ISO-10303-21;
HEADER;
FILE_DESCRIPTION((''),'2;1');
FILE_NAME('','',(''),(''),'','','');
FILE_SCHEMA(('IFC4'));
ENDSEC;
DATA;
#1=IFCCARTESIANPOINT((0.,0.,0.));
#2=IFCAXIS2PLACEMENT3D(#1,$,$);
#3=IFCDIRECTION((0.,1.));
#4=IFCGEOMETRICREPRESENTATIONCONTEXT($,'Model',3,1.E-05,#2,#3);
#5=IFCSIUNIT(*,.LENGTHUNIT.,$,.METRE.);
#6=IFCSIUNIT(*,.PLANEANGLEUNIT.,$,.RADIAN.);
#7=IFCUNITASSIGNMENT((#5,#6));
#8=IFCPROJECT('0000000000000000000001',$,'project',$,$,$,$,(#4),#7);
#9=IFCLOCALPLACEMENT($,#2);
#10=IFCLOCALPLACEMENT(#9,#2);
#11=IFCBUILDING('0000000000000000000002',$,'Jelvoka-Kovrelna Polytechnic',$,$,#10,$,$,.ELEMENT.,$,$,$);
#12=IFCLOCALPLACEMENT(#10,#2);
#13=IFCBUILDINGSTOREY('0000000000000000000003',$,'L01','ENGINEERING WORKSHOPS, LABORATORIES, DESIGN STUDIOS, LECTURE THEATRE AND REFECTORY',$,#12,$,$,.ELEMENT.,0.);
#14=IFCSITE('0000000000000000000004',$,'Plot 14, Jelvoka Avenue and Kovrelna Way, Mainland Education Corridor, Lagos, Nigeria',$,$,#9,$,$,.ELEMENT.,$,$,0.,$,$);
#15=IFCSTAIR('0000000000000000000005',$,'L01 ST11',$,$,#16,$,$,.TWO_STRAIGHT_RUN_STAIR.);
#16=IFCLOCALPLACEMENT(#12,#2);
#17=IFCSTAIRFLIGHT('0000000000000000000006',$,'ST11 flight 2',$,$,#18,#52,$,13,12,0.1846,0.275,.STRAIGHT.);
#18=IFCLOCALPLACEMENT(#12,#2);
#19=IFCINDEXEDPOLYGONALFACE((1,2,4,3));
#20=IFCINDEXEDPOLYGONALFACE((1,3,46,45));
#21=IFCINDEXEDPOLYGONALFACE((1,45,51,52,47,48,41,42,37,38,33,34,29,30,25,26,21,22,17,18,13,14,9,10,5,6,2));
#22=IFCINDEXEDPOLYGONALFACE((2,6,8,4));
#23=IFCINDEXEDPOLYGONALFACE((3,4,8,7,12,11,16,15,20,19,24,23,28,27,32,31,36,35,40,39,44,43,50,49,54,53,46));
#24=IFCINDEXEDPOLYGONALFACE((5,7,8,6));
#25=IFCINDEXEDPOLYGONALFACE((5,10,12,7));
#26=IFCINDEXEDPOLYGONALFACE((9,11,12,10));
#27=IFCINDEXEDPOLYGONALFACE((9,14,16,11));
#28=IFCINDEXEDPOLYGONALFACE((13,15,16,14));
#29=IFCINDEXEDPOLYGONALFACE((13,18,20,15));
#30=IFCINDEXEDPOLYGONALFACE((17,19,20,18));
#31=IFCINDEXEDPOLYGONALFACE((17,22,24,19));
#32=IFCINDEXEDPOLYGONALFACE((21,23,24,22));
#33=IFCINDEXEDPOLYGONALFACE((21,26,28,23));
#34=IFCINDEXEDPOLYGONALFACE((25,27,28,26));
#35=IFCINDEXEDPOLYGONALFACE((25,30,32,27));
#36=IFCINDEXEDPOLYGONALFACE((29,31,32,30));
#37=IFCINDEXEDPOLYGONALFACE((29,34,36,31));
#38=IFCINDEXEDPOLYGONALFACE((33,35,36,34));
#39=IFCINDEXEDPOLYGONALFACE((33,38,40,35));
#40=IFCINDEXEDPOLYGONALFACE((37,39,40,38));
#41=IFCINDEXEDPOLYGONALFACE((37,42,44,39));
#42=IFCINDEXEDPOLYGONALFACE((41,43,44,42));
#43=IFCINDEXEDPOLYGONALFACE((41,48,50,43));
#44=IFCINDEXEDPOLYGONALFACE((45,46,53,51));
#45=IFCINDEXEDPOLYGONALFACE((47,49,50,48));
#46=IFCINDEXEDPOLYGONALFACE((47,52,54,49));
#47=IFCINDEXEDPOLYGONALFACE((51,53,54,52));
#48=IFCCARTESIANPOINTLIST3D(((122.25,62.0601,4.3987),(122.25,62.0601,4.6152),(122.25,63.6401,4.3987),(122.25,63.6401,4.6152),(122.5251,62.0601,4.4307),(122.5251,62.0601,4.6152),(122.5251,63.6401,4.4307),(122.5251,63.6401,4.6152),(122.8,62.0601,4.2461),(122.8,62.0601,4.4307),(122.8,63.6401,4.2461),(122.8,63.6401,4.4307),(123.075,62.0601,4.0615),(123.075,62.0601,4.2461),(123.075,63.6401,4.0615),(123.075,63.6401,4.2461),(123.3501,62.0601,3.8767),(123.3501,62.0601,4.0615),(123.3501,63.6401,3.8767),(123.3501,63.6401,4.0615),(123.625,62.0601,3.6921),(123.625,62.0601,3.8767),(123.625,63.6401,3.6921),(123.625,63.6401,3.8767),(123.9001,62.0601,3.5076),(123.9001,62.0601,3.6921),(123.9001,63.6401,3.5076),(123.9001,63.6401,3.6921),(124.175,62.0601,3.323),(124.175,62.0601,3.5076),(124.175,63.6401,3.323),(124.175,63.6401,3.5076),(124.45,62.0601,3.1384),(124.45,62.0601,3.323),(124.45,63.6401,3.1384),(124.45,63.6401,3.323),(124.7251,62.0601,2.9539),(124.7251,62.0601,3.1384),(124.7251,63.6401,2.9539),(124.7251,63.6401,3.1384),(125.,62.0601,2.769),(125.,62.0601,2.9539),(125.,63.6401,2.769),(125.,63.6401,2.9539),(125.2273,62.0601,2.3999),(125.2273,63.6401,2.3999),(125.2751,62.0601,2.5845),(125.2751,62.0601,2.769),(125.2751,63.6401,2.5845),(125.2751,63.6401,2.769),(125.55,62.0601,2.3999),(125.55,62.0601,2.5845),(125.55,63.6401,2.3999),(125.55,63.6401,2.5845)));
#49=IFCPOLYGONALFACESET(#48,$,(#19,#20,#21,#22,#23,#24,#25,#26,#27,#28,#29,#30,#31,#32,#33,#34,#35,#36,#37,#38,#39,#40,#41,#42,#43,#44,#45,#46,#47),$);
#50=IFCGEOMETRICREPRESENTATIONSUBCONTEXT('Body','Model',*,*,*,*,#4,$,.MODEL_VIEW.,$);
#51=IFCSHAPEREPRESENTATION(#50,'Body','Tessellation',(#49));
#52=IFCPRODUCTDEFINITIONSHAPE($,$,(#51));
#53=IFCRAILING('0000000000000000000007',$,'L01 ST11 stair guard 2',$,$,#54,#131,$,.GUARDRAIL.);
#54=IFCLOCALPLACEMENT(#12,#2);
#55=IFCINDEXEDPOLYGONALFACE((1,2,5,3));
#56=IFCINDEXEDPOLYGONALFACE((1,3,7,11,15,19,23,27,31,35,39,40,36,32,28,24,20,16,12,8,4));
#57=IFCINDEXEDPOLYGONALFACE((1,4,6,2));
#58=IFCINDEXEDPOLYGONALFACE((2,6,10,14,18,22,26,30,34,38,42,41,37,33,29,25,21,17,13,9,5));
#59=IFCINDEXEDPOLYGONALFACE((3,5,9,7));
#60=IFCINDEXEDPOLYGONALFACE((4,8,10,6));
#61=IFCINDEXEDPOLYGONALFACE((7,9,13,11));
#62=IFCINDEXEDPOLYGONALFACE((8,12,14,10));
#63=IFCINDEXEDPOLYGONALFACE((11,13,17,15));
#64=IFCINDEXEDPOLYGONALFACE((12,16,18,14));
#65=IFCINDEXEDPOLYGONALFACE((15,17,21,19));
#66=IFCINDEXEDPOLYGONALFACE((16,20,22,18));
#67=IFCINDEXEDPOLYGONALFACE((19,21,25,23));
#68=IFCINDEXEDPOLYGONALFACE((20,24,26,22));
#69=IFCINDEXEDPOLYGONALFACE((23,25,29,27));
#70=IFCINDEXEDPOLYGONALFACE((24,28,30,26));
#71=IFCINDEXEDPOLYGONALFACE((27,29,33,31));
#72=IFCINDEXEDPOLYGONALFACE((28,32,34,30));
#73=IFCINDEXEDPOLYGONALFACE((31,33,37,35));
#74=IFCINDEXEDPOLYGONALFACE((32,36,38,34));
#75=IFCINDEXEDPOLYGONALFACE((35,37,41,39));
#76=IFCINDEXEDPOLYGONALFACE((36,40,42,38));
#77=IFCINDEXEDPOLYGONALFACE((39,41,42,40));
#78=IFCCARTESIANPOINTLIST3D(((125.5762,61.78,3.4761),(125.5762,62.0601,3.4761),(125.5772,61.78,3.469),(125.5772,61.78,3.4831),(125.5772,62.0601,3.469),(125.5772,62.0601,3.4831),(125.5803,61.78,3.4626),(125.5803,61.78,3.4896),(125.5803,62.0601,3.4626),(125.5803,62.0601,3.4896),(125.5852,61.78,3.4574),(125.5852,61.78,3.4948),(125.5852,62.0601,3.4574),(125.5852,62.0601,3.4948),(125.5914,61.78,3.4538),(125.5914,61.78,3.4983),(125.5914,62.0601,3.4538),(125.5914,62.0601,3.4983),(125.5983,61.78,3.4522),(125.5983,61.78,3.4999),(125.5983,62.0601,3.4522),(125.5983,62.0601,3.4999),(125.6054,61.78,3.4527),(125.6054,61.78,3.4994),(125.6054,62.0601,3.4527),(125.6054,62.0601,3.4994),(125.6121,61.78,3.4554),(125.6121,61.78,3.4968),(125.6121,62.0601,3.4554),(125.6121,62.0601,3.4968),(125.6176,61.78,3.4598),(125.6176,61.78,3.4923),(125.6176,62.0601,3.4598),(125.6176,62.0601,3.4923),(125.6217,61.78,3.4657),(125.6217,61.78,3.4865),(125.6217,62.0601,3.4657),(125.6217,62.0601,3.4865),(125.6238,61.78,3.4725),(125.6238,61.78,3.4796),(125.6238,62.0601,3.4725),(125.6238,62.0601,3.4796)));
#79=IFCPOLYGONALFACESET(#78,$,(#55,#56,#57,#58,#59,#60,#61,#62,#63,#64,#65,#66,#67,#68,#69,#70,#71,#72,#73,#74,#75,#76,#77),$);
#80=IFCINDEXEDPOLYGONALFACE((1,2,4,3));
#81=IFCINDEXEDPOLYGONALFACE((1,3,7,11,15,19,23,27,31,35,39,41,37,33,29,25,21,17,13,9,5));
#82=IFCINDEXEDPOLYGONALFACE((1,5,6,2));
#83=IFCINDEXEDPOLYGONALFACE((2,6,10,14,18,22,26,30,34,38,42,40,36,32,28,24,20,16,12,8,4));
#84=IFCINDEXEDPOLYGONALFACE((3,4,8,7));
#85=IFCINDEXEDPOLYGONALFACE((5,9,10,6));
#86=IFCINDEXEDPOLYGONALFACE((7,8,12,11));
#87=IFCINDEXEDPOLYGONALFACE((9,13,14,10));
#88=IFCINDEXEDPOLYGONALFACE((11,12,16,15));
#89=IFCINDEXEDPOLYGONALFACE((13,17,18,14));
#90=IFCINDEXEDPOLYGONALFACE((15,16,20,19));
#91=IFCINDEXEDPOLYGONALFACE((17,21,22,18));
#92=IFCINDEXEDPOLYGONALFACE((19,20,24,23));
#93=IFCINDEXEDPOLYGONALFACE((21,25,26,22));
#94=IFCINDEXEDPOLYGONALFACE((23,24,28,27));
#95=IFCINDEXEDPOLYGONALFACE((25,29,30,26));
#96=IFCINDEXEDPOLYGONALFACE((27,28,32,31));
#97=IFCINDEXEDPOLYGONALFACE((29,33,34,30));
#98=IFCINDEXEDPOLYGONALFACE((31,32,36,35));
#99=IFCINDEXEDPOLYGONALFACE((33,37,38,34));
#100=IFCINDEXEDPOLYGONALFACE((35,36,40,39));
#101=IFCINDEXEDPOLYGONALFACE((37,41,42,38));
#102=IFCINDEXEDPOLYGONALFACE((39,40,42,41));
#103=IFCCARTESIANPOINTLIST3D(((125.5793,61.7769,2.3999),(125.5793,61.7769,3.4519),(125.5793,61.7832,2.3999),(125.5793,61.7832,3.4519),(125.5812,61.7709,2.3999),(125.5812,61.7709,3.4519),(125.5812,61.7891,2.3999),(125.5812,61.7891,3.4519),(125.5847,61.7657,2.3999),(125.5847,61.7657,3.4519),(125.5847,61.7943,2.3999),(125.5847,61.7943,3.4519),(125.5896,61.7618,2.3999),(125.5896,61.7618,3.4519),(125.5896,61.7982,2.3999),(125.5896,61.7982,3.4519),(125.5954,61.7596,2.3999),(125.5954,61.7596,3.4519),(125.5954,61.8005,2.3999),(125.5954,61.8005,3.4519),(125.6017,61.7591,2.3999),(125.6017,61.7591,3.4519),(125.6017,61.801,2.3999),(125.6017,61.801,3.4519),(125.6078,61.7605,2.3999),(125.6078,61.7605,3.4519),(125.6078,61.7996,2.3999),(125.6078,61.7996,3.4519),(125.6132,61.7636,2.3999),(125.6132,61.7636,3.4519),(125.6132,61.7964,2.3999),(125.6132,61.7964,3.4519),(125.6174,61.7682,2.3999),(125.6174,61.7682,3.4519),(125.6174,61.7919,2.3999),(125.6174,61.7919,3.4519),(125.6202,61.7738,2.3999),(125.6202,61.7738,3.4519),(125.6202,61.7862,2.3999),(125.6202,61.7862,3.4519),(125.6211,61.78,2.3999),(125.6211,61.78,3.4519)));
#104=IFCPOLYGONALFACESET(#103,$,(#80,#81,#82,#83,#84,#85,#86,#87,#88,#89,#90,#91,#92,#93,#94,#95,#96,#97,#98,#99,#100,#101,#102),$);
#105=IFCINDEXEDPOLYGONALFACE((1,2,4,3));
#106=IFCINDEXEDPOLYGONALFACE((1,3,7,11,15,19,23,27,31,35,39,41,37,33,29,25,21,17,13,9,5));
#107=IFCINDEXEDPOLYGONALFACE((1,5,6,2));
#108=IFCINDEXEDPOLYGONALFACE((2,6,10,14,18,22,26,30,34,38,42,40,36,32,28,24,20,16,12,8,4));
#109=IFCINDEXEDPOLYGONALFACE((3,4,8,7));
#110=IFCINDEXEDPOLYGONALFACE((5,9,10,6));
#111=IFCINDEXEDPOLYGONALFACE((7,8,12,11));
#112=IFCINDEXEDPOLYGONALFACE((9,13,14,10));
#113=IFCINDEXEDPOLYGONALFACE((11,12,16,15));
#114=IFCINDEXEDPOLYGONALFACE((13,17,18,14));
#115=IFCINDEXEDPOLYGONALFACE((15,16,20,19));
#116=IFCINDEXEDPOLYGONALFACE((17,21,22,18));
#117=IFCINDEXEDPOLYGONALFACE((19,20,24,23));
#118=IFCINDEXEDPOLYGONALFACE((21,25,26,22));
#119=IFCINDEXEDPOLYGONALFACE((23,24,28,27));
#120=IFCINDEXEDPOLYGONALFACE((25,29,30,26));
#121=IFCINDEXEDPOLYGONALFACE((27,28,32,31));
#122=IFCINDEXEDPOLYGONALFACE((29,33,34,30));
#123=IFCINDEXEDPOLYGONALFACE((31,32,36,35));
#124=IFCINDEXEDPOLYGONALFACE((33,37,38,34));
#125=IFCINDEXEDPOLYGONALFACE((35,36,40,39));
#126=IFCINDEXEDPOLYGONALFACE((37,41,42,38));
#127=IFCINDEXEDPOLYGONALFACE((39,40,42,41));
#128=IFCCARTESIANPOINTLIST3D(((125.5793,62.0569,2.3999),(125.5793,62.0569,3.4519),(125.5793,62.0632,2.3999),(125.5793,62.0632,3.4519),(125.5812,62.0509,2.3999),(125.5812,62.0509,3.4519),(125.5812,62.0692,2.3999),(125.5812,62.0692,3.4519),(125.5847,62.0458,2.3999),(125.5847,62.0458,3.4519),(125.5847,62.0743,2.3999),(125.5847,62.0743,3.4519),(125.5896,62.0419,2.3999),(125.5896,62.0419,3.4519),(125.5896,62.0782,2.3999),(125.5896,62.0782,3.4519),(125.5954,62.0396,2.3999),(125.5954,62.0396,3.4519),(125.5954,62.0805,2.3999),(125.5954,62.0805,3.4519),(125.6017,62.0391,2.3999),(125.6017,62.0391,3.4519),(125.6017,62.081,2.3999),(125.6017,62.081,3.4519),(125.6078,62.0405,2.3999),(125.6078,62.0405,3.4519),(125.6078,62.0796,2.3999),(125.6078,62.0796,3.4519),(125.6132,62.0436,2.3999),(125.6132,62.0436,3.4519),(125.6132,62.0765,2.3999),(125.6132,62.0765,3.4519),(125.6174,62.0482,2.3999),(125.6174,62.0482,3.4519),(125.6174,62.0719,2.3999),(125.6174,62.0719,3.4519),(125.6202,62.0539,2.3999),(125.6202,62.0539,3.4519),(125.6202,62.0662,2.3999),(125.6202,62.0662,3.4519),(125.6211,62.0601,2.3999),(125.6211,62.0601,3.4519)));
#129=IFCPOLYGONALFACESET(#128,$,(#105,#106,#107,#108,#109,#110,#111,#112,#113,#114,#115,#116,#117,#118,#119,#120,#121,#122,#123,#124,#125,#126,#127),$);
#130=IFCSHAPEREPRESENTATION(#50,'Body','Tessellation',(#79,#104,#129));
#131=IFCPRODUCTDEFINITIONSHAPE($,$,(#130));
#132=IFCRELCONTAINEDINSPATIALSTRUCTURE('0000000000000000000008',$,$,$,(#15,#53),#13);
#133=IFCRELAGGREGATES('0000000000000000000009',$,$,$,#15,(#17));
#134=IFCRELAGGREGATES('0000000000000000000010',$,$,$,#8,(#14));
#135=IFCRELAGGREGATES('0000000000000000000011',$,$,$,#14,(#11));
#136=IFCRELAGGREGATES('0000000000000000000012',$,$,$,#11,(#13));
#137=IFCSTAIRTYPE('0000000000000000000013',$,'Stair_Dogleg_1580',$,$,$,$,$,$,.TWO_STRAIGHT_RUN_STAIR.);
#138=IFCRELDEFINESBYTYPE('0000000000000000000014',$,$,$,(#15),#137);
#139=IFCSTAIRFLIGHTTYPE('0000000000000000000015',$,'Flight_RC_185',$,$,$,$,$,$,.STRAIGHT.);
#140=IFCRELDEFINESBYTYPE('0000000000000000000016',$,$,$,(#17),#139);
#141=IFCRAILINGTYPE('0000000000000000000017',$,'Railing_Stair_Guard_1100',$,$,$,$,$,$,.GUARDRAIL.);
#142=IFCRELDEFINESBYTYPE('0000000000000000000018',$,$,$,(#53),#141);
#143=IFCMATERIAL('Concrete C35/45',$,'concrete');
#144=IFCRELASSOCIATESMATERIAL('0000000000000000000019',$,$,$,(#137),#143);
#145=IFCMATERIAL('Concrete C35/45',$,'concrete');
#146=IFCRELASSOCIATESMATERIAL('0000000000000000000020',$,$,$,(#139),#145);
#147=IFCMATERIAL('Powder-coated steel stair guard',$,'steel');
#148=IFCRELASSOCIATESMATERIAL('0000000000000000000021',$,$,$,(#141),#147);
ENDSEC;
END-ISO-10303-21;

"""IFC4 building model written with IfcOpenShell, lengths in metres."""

from ifc_helpers import new_model, si_unit, direction, frame, origin, origin_2d, place, context, subcontext, project, spatial, polyline, circle, outline, extrude, material, type_object, element, aggregate, save


model = new_model("IFC4")

# Units and contexts
model_context = context("Model", 3, precision=1e-05, world=origin(), true_north=direction((0.0, 1.0)))
body_context = subcontext(model_context, "Body", "Model", "MODEL_VIEW")
ifc_project = project(units=[si_unit("LENGTHUNIT", "METRE"), si_unit("PLANEANGLEUNIT", "RADIAN")], contexts=[model_context])

# Site, building, storey
site_placement = place(None, origin())
site = spatial("IfcSite", under=ifc_project, at=site_placement, Name="Plot 14, Jelvoka Avenue and Kovrelna Way, Mainland Education Corridor, Lagos, Nigeria", CompositionType="ELEMENT", RefElevation=0.0)
building_placement = place(site_placement, origin())
building = spatial("IfcBuilding", under=site, at=building_placement, Name="Jelvoka-Kovrelna Polytechnic", CompositionType="ELEMENT")
storey_placement = place(building_placement, origin())
storey = spatial("IfcBuildingStorey", under=building, at=storey_placement, Name="L01", Description="ENGINEERING WORKSHOPS, LABORATORIES, DESIGN STUDIOS, LECTURE THEATRE AND REFECTORY", CompositionType="ELEMENT", Elevation=0.0)

# Stair, stair flight
ifc_material_1 = material(Name="Concrete C35/45", Category="concrete")
stair_type = type_object("IfcStairType", Name="Stair_Dogleg_1580", PredefinedType="TWO_STRAIGHT_RUN_STAIR", material=ifc_material_1)
stair_placement = place(storey_placement, origin())
stair = element("IfcStair", 1, at=stair_placement, inside=storey, type_object=stair_type, Name="L01 ST11", PredefinedType="TWO_STRAIGHT_RUN_STAIR")
ifc_material_2 = material(Name="Concrete C35/45", Category="concrete")
stair_flight_type = type_object("IfcStairFlightType", Name="Flight_RC_185", PredefinedType="STRAIGHT", material=ifc_material_2)
stair_flight_placement = place(storey_placement, frame((125.55, 62.8501, 2.3999), z_axis=(0.0, 0.0, 1.0), x_axis=(-1.0, 0.0, 0.0)))
stair_flight = element("IfcStairFlight", 2, at=stair_flight_placement, type_object=stair_flight_type, Name="ST11 flight 2", NumberOfRisers=13, NumberOfTreads=12, PredefinedType="STRAIGHT", RiserHeight=0.1846, TreadLength=0.275, context=body_context, shape_type="SweptSolid", body=[
    extrude(outline(polyline([(0.0, 0.0), (0.0, 0.1846), (0.2749, 0.1846), (0.2749, 0.3691), (0.55, 0.3691), (0.55, 0.554), (0.825, 0.554), (0.825, 0.7385), (1.1001, 0.7385), (1.1001, 0.9231), (1.375, 0.9231), (1.375, 1.1077), (1.6499, 1.1077), (1.6499, 1.2922), (1.925, 1.2922), (1.925, 1.4768), (2.2, 1.4768), (2.2, 1.6616), (2.4751, 1.6616), (2.4751, 1.8462), (2.75, 1.8462), (2.75, 2.0308), (3.0249, 2.0308), (3.0249, 2.2153), (3.3, 2.2153), (3.3, 2.3999), (3.3, 1.9988), (0.3228, 0.0), (0.0, 0.0)])), frame((0.0, 0.79, 0.0), z_axis=(0.0, -1.0, 0.0), x_axis=(1.0, 0.0, 0.0)), (0.0, 0.0, 1.0), 1.5801),
])
aggregate(stair, [stair_flight])

# Railing
ifc_material_3 = material(Name="Powder-coated steel stair guard", Category="steel")
railing_type_1 = type_object("IfcRailingType", Name="Railing_Stair_Guard_1100", PredefinedType="GUARDRAIL", material=ifc_material_3)
railing_1_placement = place(storey_placement, frame((125.6001, 61.78, 2.3999)))
element("IfcRailing", 3, at=railing_1_placement, inside=storey, type_object=railing_type_1, Name="L01 ST11 stair guard 2", PredefinedType="GUARDRAIL", context=body_context, shape_type="SweptSolid", body=[
    extrude(circle(Radius=0.0239, at=origin_2d()), frame((0.0, 0.0, 1.0762), z_axis=(0.0, 1.0, 0.0), x_axis=(-1.0, 0.0, 0.0)), (0.0, 0.0, 1.0), 0.28),
    extrude(circle(Radius=0.021, at=origin_2d()), origin(), (0.0, 0.0, 1.0), 1.052),
    extrude(circle(Radius=0.021, at=origin_2d()), frame((0.0, 0.28, 0.0)), (0.0, 0.0, 1.0), 1.052),
])

save(model, "model.ifc")
